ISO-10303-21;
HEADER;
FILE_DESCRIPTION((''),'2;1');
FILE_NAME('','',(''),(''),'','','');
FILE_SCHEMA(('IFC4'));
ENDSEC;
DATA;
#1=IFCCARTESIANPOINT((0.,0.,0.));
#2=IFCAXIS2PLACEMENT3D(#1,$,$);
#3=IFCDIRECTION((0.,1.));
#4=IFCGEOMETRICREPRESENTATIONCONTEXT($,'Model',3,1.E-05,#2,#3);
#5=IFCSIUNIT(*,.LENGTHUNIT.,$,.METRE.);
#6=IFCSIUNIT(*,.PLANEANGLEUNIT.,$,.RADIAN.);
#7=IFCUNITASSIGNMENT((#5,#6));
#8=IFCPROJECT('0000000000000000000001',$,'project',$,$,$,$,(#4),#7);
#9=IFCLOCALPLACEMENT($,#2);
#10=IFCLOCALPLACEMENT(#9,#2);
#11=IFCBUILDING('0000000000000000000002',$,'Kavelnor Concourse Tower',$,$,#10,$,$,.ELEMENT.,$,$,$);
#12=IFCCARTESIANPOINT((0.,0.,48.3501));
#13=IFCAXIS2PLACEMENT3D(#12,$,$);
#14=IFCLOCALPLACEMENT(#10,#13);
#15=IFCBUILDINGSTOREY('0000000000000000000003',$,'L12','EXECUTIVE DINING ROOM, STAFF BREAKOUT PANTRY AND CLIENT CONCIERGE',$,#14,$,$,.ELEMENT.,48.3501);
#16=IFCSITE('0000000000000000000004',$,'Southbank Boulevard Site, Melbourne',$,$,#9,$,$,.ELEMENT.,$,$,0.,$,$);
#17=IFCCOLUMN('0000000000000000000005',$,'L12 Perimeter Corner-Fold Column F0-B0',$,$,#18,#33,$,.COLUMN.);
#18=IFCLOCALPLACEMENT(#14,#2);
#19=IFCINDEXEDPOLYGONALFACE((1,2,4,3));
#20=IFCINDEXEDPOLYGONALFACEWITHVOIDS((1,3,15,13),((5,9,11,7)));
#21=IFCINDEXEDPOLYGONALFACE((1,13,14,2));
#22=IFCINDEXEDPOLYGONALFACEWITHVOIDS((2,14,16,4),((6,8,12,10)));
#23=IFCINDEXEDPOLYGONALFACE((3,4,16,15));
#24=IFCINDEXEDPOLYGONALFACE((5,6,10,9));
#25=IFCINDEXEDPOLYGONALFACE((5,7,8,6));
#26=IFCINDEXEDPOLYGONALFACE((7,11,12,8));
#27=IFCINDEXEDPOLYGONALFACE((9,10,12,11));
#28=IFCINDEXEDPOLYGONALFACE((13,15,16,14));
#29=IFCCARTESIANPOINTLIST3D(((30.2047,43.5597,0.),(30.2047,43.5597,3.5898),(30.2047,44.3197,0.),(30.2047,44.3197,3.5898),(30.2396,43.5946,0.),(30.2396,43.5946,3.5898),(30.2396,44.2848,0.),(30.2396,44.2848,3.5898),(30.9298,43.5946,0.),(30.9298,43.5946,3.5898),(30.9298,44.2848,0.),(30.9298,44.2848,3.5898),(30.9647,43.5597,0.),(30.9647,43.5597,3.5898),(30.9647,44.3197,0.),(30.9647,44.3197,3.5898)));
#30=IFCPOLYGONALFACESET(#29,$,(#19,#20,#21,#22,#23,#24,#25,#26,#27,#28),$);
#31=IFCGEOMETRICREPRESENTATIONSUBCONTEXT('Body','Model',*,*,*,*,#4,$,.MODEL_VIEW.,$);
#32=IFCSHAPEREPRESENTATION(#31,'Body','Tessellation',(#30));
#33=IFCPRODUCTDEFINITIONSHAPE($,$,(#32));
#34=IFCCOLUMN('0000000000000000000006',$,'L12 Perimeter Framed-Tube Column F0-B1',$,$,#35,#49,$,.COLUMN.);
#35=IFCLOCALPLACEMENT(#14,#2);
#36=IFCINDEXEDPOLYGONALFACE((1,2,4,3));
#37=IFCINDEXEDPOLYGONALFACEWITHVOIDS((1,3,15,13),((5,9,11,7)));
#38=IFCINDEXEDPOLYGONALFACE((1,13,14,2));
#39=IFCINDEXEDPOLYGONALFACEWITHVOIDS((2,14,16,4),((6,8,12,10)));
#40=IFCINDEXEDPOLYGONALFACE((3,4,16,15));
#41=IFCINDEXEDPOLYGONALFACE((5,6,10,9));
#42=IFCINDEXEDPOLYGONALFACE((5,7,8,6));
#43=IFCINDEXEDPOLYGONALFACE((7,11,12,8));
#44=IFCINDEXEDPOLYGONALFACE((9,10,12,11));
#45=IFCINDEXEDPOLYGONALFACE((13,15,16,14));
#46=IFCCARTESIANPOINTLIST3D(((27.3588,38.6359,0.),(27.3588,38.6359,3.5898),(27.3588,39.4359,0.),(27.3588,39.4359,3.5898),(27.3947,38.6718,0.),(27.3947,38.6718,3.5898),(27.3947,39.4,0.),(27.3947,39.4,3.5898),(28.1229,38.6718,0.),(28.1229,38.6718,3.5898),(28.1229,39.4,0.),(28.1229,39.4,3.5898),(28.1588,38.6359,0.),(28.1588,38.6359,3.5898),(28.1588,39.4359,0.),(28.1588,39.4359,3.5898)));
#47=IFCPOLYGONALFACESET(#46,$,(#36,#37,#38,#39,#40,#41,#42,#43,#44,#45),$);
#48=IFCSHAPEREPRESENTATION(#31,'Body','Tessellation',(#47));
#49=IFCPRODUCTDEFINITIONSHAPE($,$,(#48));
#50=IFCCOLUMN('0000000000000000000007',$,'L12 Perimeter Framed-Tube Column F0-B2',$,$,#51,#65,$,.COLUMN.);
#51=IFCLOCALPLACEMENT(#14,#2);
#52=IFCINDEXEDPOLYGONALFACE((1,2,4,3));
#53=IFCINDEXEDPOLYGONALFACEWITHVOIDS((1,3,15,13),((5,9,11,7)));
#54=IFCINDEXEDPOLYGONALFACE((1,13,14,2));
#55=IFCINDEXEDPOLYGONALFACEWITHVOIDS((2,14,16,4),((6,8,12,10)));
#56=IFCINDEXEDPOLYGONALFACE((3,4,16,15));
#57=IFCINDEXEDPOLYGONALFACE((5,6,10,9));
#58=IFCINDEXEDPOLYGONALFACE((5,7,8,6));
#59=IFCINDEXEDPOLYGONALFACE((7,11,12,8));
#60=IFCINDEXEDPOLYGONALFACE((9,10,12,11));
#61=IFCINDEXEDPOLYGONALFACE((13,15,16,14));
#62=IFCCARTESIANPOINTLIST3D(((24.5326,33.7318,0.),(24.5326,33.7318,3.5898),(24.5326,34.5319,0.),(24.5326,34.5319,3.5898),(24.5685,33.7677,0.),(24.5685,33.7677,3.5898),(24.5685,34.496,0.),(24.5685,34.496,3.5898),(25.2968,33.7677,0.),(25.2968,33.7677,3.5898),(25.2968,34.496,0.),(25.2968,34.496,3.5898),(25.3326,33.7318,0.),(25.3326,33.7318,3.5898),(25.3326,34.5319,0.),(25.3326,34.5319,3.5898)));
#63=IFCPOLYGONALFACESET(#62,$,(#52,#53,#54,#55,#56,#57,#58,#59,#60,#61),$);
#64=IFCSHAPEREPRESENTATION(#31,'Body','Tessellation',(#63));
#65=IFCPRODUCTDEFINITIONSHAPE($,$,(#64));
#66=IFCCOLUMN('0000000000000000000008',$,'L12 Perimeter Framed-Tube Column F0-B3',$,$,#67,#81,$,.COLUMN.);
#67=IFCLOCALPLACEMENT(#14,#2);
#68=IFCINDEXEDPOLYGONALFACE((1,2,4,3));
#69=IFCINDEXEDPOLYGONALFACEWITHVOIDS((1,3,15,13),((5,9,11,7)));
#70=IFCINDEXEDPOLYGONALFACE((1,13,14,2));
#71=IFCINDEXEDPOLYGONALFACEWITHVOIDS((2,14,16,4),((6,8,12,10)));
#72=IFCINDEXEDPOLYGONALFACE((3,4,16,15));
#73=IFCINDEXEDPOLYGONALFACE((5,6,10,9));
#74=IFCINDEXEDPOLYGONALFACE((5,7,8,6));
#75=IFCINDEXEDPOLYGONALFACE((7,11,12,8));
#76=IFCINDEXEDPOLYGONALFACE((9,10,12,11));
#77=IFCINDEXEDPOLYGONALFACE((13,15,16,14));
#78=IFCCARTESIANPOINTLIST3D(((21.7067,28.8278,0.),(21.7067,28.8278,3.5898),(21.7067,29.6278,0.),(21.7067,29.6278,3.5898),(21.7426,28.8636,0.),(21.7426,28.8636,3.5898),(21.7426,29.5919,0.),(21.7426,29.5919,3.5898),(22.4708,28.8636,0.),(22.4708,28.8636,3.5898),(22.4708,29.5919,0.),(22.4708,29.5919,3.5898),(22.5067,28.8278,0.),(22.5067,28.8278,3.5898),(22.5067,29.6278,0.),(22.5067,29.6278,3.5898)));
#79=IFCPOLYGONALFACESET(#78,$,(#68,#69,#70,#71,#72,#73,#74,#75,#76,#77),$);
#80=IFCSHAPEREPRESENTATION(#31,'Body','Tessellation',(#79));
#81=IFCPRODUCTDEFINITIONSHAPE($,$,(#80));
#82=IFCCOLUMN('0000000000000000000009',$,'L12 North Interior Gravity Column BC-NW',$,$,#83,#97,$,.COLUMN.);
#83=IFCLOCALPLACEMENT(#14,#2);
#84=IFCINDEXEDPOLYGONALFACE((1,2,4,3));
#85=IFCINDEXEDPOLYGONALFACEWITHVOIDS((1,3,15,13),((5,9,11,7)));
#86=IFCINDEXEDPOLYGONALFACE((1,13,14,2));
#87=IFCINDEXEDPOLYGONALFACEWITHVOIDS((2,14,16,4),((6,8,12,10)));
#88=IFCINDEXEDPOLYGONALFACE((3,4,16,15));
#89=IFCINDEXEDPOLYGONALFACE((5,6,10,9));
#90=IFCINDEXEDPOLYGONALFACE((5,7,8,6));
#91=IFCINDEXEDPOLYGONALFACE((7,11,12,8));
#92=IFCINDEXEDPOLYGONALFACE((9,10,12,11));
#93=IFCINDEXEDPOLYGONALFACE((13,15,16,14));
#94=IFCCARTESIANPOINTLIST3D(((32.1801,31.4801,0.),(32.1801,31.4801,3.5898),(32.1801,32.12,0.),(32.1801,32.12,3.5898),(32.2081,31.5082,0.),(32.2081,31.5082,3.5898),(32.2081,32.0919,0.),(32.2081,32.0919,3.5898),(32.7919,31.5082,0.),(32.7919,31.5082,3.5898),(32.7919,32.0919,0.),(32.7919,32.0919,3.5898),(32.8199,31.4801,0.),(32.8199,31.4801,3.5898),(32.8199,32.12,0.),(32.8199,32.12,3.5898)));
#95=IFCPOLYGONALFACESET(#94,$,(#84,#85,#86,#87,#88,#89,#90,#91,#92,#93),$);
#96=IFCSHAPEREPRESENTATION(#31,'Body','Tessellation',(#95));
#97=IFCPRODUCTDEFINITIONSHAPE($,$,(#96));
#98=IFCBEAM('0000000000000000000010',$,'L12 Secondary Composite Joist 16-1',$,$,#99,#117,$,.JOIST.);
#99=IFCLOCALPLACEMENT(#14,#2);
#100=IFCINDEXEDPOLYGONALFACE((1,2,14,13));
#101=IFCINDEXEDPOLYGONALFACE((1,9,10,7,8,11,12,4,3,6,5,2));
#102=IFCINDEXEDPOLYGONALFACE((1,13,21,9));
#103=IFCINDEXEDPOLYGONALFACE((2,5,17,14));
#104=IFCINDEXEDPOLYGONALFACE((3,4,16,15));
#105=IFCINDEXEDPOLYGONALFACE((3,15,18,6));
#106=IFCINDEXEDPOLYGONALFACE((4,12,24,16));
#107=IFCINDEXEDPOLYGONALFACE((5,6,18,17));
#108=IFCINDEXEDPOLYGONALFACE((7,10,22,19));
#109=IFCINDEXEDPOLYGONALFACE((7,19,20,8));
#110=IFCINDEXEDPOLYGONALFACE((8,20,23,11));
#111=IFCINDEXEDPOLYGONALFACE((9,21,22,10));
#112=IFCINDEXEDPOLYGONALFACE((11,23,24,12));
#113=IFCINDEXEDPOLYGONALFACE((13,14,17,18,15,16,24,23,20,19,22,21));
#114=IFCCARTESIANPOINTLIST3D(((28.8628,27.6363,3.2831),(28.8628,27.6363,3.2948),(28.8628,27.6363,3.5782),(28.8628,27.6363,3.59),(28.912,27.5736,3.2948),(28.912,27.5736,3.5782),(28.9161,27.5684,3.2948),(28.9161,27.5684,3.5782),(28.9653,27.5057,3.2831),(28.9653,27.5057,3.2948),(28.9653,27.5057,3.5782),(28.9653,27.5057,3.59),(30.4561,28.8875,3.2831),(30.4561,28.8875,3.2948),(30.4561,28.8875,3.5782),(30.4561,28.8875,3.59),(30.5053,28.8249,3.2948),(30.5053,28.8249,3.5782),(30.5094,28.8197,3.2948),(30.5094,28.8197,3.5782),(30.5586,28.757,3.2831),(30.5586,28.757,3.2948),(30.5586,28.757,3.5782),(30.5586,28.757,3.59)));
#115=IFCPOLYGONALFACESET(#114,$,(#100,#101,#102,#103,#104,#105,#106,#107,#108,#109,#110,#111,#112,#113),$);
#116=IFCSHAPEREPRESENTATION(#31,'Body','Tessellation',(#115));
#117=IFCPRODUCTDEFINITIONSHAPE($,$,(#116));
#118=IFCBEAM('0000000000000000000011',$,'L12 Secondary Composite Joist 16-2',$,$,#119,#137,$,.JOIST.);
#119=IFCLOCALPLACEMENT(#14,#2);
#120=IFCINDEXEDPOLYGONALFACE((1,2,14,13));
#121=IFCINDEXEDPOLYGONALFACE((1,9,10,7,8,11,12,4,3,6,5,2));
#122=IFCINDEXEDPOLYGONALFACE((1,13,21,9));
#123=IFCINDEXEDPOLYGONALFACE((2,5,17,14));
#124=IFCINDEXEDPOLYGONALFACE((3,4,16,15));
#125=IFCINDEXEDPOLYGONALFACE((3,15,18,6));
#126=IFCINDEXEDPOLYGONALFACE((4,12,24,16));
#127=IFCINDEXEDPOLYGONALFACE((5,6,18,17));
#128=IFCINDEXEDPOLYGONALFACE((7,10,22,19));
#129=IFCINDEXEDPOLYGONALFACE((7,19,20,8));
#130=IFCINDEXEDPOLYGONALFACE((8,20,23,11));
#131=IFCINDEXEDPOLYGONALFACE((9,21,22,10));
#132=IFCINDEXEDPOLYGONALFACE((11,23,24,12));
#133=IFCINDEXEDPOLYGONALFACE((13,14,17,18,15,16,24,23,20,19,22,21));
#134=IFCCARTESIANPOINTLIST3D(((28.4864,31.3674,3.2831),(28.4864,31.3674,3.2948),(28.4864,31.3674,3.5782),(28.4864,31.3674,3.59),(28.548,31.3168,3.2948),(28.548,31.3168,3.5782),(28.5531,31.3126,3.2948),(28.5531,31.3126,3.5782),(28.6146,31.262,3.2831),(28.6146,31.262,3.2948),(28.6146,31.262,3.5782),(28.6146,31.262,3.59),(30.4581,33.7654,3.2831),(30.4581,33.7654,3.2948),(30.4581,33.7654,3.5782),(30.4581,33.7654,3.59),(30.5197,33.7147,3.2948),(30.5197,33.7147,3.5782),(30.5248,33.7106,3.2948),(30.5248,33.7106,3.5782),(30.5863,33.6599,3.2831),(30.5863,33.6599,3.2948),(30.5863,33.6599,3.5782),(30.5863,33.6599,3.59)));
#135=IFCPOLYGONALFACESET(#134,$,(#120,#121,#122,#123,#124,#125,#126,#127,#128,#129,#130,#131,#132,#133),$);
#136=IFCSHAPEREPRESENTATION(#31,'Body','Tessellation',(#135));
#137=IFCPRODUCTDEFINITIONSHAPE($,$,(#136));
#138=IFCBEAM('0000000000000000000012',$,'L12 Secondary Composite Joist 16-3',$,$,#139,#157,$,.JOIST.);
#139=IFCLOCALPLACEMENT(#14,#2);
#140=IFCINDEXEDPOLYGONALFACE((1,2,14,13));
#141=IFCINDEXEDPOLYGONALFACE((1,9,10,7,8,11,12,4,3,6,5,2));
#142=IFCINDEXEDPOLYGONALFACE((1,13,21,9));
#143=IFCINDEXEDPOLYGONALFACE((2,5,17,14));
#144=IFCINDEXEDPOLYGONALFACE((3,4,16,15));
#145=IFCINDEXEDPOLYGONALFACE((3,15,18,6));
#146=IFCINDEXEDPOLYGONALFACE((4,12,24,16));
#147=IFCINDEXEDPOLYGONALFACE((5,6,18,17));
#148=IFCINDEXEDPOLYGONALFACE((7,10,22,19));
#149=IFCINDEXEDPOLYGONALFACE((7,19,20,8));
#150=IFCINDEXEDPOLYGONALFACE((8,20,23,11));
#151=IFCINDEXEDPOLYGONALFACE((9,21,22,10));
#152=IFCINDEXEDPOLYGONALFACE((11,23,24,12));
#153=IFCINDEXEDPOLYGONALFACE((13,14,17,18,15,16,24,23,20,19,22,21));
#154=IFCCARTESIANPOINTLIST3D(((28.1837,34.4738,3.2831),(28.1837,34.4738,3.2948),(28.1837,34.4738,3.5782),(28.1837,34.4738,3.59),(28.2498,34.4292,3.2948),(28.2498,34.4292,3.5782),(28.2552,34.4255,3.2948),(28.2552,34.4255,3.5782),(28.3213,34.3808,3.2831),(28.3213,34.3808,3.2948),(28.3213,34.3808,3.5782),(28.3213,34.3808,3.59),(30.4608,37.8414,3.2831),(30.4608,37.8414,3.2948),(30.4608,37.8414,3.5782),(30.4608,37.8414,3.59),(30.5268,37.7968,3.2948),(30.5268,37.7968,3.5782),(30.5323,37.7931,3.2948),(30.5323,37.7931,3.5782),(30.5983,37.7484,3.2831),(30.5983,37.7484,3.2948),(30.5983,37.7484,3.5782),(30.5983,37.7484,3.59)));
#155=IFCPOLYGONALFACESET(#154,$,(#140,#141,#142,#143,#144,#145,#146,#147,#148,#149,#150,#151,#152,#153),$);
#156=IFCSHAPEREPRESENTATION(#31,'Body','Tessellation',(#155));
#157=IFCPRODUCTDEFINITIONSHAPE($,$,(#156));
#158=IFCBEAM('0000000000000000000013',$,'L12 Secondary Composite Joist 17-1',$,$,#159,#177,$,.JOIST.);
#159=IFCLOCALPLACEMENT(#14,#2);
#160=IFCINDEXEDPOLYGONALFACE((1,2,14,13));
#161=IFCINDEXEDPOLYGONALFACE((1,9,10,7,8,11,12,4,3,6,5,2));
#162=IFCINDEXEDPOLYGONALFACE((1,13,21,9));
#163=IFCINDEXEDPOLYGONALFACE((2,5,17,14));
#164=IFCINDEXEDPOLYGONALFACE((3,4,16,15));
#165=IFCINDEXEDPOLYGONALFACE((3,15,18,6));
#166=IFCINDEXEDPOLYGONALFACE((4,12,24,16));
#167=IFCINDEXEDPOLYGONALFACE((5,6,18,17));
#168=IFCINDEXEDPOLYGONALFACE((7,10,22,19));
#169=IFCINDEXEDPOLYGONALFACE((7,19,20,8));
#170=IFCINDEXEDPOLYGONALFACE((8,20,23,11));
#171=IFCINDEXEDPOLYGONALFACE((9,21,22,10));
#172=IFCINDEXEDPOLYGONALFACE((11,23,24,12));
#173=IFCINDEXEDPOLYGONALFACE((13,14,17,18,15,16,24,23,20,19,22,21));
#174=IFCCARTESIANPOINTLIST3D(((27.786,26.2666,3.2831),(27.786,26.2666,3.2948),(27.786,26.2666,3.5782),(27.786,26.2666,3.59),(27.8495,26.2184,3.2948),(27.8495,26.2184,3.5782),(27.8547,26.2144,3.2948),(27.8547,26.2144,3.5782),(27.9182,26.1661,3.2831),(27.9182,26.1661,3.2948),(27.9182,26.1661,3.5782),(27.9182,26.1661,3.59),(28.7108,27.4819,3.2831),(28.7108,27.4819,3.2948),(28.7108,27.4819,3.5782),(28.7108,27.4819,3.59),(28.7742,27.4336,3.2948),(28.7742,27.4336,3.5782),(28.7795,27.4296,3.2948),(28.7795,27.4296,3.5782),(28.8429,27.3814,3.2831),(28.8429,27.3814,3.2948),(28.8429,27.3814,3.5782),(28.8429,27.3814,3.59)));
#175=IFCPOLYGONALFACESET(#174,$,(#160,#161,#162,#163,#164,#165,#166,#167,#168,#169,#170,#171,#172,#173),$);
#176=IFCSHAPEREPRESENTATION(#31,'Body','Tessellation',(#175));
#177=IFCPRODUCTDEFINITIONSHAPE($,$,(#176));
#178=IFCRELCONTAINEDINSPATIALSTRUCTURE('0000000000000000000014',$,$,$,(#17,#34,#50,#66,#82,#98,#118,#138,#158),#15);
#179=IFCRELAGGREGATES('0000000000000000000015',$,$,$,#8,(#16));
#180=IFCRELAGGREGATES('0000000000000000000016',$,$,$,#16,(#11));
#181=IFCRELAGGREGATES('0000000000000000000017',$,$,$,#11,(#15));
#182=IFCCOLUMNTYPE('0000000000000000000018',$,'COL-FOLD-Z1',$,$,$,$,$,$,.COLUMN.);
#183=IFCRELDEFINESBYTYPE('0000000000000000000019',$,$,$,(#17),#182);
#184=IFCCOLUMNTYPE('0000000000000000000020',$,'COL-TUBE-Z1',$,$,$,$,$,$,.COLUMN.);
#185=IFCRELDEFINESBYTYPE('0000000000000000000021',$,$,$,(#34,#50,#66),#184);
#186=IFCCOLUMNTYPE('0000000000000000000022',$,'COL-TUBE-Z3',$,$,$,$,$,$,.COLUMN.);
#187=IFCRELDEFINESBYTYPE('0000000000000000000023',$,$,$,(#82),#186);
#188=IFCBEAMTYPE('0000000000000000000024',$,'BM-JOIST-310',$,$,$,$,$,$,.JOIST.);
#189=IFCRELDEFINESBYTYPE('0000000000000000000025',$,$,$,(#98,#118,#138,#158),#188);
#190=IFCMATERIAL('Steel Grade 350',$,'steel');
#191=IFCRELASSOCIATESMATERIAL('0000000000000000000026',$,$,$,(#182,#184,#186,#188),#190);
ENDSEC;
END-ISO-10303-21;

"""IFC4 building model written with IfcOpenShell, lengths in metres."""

from ifc_helpers import new_model, si_unit, direction, frame, origin, origin_2d, place, context, subcontext, project, spatial, hollow_rectangle, i_section, extrude, material, material_profile, profile_set, type_object, element, save


model = new_model("IFC4")

# Units and contexts
model_context = context("Model", 3, precision=1e-05, world=origin(), true_north=direction((0.0, 1.0)))
body_context = subcontext(model_context, "Body", "Model", "MODEL_VIEW")
ifc_project = project(units=[si_unit("LENGTHUNIT", "METRE"), si_unit("PLANEANGLEUNIT", "RADIAN")], contexts=[model_context])

# Site, building, storey
site_placement = place(None, origin())
site = spatial("IfcSite", under=ifc_project, at=site_placement, Name="Southbank Boulevard Site, Melbourne", CompositionType="ELEMENT", RefElevation=0.0)
building_placement = place(site_placement, origin())
building = spatial("IfcBuilding", under=site, at=building_placement, Name="Kavelnor Concourse Tower", CompositionType="ELEMENT")
storey_placement = place(building_placement, frame((0.0, 0.0, 48.3501)))
storey = spatial("IfcBuildingStorey", under=building, at=storey_placement, Name="L12", Description="EXECUTIVE DINING ROOM, STAFF BREAKOUT PANTRY AND CLIENT CONCIERGE", CompositionType="ELEMENT", Elevation=48.3501)

# Columns
ifc_material_1 = material(Name="Steel Grade 350", Category="steel")
ifc_material_profile_1 = material_profile(ifc_material_1, hollow_rectangle(XDim=0.76, YDim=0.76, WallThickness=0.0349, at=origin_2d()), Name="SHS 760x760x35")
ifc_profile_set_1 = profile_set([ifc_material_profile_1], Name="Steel Grade 350")
column_type_1 = type_object("IfcColumnType", Name="COL-FOLD-Z1", PredefinedType="COLUMN", material=ifc_profile_set_1)
column_1_placement = place(storey_placement, frame((30.5847, 43.9397, 0.0), z_axis=(0.0, 0.0, 1.0), x_axis=(1.0, 0.0, 0.0)))
element("IfcColumn", 1, at=column_1_placement, inside=storey, type_object=column_type_1, Name="L12 Perimeter Corner-Fold Column F0-B0", PredefinedType="COLUMN", context=body_context, shape_type="SweptSolid", body=[
    extrude(hollow_rectangle(XDim=0.76, YDim=0.76, WallThickness=0.0349, at=origin_2d()), origin(), (0.0, 0.0, 1.0), 3.5898),
])
ifc_material_profile_2 = material_profile(ifc_material_1, hollow_rectangle(XDim=0.8, YDim=0.8, WallThickness=0.0359, at=origin_2d()), Name="SHS 800x800x36")
ifc_profile_set_2 = profile_set([ifc_material_profile_2], Name="Steel Grade 350")
column_type_2 = type_object("IfcColumnType", Name="COL-TUBE-Z1", PredefinedType="COLUMN", material=ifc_profile_set_2)
for number, where, z_axis, x_axis, name in (
    (2, (27.7588, 39.0359, 0.0), (0.0, 0.0, 1.0), (1.0, 0.0, 0.0), "L12 Perimeter Framed-Tube Column F0-B1"),
    (3, (24.9326, 34.1318, 0.0), (0.0, 0.0, 1.0), (1.0, 0.0, 0.0), "L12 Perimeter Framed-Tube Column F0-B2"),
    (4, (22.1067, 29.2278, 0.0), (0.0, 0.0, 1.0), (1.0, 0.0, 0.0), "L12 Perimeter Framed-Tube Column F0-B3"),
):
    element("IfcColumn", number, at=place(storey_placement, frame(where, z_axis=z_axis, x_axis=x_axis)), inside=storey, type_object=column_type_2, Name=name, PredefinedType="COLUMN", context=body_context, shape_type="SweptSolid", body=[
        extrude(hollow_rectangle(XDim=0.8, YDim=0.8, WallThickness=0.0359, at=origin_2d()), origin(), (0.0, 0.0, 1.0), 3.5898),
    ])
ifc_material_profile_3 = material_profile(ifc_material_1, hollow_rectangle(XDim=0.6399, YDim=0.6399, WallThickness=0.0281, at=origin_2d()), Name="SHS 640x640x28")
ifc_profile_set_3 = profile_set([ifc_material_profile_3], Name="Steel Grade 350")
column_type_3 = type_object("IfcColumnType", Name="COL-TUBE-Z3", PredefinedType="COLUMN", material=ifc_profile_set_3)
column_2_placement = place(storey_placement, frame((32.5, 31.8, 0.0), z_axis=(0.0, 0.0, 1.0), x_axis=(1.0, 0.0, 0.0)))
element("IfcColumn", 5, at=column_2_placement, inside=storey, type_object=column_type_3, Name="L12 North Interior Gravity Column BC-NW", PredefinedType="COLUMN", context=body_context, shape_type="SweptSolid", body=[
    extrude(hollow_rectangle(XDim=0.6399, YDim=0.6399, WallThickness=0.0281, at=origin_2d()), origin(), (0.0, 0.0, 1.0), 3.5898),
])

# Beams
ifc_material_profile_4 = material_profile(ifc_material_1, i_section(OverallWidth=0.166, OverallDepth=0.3069, WebThickness=0.0066, FlangeThickness=0.0117, at=origin_2d()), Name="310UB46")
ifc_profile_set_4 = profile_set([ifc_material_profile_4], Name="Steel Grade 350")
beam_type_1 = type_object("IfcBeamType", Name="BM-JOIST-310", PredefinedType="JOIST", material=ifc_profile_set_4)
beam_1_placement = place(storey_placement, frame((30.5073, 28.8223, 3.4365), z_axis=(-0.786469, -0.61763, 0.0), x_axis=(0.61763, -0.786469, 0.0)))
element("IfcBeam", 6, at=beam_1_placement, inside=storey, type_object=beam_type_1, Name="L12 Secondary Composite Joist 16-1", PredefinedType="JOIST", context=body_context, shape_type="SweptSolid", body=[
    extrude(i_section(OverallWidth=0.166, OverallDepth=0.3069, WebThickness=0.0066, FlangeThickness=0.0117, at=origin_2d()), origin(), (0.0, 0.0, 1.0), 2.0259),
])
beam_2_placement = place(storey_placement, frame((30.5222, 33.7126, 3.4365), z_axis=(-0.635112, -0.77242, 0.0), x_axis=(0.77242, -0.635112, 0.0)))
element("IfcBeam", 7, at=beam_2_placement, inside=storey, type_object=beam_type_1, Name="L12 Secondary Composite Joist 16-2", PredefinedType="JOIST", context=body_context, shape_type="SweptSolid", body=[
    extrude(i_section(OverallWidth=0.166, OverallDepth=0.3069, WebThickness=0.0066, FlangeThickness=0.0117, at=origin_2d()), origin(), (0.0, 0.0, 1.0), 3.1045),
])
beam_3_placement = place(storey_placement, frame((30.5295, 37.7949, 3.4365), z_axis=(-0.560135, -0.828401, 0.0), x_axis=(0.828401, -0.560135, 0.0)))
element("IfcBeam", 8, at=beam_3_placement, inside=storey, type_object=beam_type_1, Name="L12 Secondary Composite Joist 16-3", PredefinedType="JOIST", context=body_context, shape_type="SweptSolid", body=[
    extrude(i_section(OverallWidth=0.166, OverallDepth=0.3069, WebThickness=0.0066, FlangeThickness=0.0117, at=origin_2d()), origin(), (0.0, 0.0, 1.0), 4.0652),
])
beam_4_placement = place(storey_placement, frame((28.7769, 27.4316, 3.4365), z_axis=(-0.605561, -0.795799, 0.0), x_axis=(0.795799, -0.605561, 0.0)))
element("IfcBeam", 9, at=beam_4_placement, inside=storey, type_object=beam_type_1, Name="L12 Secondary Composite Joist 17-1", PredefinedType="JOIST", context=body_context, shape_type="SweptSolid", body=[
    extrude(i_section(OverallWidth=0.166, OverallDepth=0.3069, WebThickness=0.0066, FlangeThickness=0.0117, at=origin_2d()), origin(), (0.0, 0.0, 1.0), 1.5271),
])

save(model, "model.ifc")
